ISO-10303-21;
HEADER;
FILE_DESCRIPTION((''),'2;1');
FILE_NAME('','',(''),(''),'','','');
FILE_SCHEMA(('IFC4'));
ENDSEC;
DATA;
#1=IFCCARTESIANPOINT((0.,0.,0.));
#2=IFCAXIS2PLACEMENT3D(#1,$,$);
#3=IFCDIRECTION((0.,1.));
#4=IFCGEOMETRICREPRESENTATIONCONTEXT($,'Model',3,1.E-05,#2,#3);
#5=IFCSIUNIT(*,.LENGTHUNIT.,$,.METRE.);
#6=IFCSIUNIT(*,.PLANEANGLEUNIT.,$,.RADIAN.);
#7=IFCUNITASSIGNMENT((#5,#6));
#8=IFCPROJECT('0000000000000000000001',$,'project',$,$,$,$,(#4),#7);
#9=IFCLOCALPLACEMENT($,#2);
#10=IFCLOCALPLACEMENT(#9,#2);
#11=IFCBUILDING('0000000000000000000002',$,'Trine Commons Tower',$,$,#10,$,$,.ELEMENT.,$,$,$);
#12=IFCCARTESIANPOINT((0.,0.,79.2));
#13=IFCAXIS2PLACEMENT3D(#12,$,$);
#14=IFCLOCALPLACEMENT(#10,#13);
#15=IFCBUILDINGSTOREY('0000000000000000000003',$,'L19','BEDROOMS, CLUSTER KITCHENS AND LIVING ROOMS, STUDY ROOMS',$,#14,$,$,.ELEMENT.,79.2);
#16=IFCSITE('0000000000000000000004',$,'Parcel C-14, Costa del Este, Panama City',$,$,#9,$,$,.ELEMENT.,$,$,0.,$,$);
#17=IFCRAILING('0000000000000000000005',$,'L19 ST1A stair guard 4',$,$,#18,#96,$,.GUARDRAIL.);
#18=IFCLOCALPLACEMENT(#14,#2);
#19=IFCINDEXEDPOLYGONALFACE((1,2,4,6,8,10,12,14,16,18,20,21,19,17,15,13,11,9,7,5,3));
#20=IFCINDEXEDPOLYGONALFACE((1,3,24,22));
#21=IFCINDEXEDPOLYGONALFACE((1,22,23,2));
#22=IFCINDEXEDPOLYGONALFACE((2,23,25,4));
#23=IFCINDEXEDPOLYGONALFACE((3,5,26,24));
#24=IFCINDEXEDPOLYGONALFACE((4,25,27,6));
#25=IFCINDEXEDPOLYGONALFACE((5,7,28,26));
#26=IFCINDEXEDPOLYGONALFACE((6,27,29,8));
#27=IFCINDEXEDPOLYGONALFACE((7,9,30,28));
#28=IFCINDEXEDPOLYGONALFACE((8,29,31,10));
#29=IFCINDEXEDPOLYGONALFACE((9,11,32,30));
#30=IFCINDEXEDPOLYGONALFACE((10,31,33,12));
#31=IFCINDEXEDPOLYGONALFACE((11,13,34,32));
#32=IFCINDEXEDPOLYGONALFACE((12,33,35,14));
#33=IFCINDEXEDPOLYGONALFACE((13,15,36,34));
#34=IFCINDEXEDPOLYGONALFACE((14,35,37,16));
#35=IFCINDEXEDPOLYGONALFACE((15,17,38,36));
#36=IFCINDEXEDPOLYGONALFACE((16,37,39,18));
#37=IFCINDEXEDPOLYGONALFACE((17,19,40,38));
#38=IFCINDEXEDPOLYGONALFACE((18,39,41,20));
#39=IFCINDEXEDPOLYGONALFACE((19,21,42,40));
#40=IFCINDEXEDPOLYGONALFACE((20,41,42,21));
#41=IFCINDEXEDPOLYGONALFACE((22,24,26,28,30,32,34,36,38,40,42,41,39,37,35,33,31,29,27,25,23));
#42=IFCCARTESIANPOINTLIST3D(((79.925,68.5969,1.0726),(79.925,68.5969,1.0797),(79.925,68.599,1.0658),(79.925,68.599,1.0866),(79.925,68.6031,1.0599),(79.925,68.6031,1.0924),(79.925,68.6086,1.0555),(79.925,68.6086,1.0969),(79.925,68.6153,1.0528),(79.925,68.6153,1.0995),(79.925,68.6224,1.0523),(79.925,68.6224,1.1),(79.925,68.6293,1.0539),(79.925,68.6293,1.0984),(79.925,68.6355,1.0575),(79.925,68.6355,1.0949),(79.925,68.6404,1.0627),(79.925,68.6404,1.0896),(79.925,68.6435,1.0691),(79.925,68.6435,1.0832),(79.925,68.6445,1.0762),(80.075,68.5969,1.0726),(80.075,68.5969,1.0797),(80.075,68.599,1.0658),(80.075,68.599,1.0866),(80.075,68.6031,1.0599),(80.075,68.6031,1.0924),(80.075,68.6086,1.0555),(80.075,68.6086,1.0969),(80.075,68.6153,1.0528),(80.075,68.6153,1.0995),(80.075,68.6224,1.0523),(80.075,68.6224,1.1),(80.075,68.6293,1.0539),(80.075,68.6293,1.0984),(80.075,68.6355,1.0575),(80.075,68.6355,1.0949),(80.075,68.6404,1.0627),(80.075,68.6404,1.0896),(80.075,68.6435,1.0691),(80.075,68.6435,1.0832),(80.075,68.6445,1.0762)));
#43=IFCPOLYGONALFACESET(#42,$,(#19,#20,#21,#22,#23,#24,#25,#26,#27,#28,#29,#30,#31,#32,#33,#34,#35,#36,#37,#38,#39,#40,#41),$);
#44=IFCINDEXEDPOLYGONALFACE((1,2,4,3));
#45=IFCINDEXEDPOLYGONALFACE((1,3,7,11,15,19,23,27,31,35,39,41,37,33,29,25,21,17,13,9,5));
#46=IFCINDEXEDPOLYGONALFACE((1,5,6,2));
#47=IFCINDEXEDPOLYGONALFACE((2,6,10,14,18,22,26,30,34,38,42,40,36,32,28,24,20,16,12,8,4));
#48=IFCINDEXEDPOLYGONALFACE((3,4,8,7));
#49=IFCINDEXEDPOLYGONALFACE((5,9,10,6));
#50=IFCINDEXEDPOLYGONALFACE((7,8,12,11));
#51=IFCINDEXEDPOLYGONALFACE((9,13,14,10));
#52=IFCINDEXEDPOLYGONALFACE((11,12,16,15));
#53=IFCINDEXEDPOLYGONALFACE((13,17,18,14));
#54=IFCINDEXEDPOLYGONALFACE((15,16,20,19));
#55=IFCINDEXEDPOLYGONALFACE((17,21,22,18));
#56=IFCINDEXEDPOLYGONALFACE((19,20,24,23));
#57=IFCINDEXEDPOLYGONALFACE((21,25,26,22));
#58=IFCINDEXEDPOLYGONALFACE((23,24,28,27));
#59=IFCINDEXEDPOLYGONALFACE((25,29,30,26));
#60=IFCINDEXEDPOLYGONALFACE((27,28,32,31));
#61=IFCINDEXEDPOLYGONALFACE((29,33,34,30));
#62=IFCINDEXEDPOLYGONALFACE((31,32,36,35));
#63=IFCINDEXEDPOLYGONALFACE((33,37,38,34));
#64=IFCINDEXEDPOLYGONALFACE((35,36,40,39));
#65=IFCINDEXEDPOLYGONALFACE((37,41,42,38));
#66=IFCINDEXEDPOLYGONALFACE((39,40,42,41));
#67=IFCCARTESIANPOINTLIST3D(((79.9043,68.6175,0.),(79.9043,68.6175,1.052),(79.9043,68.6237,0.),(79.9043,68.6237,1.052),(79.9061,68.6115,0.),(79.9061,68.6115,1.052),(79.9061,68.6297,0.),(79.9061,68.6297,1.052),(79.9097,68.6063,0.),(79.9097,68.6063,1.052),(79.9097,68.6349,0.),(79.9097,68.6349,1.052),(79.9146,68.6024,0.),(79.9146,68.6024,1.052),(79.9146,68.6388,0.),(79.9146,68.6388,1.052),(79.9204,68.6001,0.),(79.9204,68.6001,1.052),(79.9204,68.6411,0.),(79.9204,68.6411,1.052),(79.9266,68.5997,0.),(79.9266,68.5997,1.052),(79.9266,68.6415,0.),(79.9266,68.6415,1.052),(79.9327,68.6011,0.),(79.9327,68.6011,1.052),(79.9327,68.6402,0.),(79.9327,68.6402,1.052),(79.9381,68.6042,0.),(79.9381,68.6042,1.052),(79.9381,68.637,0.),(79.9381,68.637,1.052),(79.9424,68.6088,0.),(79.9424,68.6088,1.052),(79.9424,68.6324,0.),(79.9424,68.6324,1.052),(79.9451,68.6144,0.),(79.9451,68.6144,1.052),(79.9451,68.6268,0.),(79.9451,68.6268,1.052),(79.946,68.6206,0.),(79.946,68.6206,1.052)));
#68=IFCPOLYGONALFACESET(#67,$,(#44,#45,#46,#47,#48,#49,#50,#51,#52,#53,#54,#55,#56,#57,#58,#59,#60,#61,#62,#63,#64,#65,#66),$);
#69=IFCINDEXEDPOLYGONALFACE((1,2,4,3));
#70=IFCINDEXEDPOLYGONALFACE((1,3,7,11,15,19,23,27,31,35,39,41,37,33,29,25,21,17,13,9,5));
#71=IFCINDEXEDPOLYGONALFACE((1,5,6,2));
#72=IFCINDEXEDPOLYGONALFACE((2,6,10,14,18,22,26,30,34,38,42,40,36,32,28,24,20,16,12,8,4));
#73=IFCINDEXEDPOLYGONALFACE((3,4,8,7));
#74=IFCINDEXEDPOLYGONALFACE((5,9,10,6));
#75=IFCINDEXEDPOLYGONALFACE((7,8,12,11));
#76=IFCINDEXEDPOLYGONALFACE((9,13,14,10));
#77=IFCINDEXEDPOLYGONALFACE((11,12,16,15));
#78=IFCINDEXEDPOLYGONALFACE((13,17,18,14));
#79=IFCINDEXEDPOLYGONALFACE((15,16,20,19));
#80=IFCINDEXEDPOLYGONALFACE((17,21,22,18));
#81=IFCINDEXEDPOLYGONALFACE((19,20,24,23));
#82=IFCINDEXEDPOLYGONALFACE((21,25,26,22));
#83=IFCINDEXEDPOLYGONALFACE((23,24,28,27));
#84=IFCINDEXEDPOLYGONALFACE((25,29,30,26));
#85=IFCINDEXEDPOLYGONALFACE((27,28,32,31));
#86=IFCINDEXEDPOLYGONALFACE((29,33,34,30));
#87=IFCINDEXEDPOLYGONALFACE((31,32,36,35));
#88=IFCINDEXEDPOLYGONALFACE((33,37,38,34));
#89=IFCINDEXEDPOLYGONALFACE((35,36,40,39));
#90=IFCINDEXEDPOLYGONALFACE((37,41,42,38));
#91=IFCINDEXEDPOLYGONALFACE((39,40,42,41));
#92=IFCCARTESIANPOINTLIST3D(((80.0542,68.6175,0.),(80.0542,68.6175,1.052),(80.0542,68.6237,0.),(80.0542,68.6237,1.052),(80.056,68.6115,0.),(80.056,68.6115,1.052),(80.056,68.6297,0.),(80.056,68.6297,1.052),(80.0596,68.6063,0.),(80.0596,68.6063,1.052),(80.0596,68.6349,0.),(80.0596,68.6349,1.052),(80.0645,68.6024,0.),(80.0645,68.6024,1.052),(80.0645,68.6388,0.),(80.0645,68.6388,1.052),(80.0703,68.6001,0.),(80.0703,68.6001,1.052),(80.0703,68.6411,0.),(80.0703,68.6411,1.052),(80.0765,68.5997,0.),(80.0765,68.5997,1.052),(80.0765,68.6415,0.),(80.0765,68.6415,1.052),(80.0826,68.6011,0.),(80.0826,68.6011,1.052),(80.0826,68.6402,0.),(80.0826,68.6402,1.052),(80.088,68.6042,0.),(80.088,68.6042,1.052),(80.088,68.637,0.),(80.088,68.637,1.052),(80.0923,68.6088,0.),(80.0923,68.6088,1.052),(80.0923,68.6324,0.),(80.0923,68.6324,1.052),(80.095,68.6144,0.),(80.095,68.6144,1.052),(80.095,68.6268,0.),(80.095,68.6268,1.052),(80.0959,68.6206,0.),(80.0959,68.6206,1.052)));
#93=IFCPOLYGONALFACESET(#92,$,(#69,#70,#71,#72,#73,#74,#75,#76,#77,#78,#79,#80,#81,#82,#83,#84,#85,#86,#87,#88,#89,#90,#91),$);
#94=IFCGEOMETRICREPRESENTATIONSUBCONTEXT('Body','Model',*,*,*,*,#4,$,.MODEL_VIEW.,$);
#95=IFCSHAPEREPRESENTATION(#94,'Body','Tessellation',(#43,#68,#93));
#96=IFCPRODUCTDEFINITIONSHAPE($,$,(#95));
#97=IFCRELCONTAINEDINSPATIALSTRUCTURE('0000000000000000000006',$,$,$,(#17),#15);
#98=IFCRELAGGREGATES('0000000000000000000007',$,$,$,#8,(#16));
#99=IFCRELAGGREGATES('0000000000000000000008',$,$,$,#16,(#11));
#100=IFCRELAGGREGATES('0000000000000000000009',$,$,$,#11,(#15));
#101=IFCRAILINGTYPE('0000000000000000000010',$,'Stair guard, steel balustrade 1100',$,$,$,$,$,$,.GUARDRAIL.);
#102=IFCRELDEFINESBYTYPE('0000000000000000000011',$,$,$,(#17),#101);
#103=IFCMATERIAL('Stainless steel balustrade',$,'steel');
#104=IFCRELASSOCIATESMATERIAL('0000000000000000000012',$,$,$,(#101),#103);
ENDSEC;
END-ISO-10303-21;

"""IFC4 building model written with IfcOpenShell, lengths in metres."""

from ifc_helpers import new_model, si_unit, direction, frame, origin, origin_2d, place, context, subcontext, project, spatial, circle, extrude, material, type_object, element, save


model = new_model("IFC4")

# Units and contexts
model_context = context("Model", 3, precision=1e-05, world=origin(), true_north=direction((0.0, 1.0)))
body_context = subcontext(model_context, "Body", "Model", "MODEL_VIEW")
ifc_project = project(units=[si_unit("LENGTHUNIT", "METRE"), si_unit("PLANEANGLEUNIT", "RADIAN")], contexts=[model_context])

# Site, building, storey
site_placement = place(None, origin())
site = spatial("IfcSite", under=ifc_project, at=site_placement, Name="Parcel C-14, Costa del Este, Panama City", CompositionType="ELEMENT", RefElevation=0.0)
building_placement = place(site_placement, origin())
building = spatial("IfcBuilding", under=site, at=building_placement, Name="Trine Commons Tower", CompositionType="ELEMENT")
storey_placement = place(building_placement, frame((0.0, 0.0, 79.2)))
storey = spatial("IfcBuildingStorey", under=building, at=storey_placement, Name="L19", Description="BEDROOMS, CLUSTER KITCHENS AND LIVING ROOMS, STUDY ROOMS", CompositionType="ELEMENT", Elevation=79.2)

# Railing
ifc_material_1 = material(Name="Stainless steel balustrade", Category="steel")
railing_type_1 = type_object("IfcRailingType", Name="Stair guard, steel balustrade 1100", PredefinedType="GUARDRAIL", material=ifc_material_1)
railing_1_placement = place(storey_placement, frame((79.925, 68.6206, 0.0)))
element("IfcRailing", 1, at=railing_1_placement, inside=storey, type_object=railing_type_1, Name="L19 ST1A stair guard 4", PredefinedType="GUARDRAIL", context=body_context, shape_type="SweptSolid", body=[
    extrude(circle(Radius=0.0239, at=origin_2d()), frame((0.0, 0.0, 1.0762), z_axis=(1.0, 0.0, 0.0), x_axis=(0.0, 1.0, 0.0)), (0.0, 0.0, 1.0), 0.1499),
    extrude(circle(Radius=0.021, at=origin_2d()), origin(), (0.0, 0.0, 1.0), 1.052),
    extrude(circle(Radius=0.021, at=origin_2d()), frame((0.1499, 0.0, 0.0)), (0.0, 0.0, 1.0), 1.052),
])

save(model, "model.ifc")
